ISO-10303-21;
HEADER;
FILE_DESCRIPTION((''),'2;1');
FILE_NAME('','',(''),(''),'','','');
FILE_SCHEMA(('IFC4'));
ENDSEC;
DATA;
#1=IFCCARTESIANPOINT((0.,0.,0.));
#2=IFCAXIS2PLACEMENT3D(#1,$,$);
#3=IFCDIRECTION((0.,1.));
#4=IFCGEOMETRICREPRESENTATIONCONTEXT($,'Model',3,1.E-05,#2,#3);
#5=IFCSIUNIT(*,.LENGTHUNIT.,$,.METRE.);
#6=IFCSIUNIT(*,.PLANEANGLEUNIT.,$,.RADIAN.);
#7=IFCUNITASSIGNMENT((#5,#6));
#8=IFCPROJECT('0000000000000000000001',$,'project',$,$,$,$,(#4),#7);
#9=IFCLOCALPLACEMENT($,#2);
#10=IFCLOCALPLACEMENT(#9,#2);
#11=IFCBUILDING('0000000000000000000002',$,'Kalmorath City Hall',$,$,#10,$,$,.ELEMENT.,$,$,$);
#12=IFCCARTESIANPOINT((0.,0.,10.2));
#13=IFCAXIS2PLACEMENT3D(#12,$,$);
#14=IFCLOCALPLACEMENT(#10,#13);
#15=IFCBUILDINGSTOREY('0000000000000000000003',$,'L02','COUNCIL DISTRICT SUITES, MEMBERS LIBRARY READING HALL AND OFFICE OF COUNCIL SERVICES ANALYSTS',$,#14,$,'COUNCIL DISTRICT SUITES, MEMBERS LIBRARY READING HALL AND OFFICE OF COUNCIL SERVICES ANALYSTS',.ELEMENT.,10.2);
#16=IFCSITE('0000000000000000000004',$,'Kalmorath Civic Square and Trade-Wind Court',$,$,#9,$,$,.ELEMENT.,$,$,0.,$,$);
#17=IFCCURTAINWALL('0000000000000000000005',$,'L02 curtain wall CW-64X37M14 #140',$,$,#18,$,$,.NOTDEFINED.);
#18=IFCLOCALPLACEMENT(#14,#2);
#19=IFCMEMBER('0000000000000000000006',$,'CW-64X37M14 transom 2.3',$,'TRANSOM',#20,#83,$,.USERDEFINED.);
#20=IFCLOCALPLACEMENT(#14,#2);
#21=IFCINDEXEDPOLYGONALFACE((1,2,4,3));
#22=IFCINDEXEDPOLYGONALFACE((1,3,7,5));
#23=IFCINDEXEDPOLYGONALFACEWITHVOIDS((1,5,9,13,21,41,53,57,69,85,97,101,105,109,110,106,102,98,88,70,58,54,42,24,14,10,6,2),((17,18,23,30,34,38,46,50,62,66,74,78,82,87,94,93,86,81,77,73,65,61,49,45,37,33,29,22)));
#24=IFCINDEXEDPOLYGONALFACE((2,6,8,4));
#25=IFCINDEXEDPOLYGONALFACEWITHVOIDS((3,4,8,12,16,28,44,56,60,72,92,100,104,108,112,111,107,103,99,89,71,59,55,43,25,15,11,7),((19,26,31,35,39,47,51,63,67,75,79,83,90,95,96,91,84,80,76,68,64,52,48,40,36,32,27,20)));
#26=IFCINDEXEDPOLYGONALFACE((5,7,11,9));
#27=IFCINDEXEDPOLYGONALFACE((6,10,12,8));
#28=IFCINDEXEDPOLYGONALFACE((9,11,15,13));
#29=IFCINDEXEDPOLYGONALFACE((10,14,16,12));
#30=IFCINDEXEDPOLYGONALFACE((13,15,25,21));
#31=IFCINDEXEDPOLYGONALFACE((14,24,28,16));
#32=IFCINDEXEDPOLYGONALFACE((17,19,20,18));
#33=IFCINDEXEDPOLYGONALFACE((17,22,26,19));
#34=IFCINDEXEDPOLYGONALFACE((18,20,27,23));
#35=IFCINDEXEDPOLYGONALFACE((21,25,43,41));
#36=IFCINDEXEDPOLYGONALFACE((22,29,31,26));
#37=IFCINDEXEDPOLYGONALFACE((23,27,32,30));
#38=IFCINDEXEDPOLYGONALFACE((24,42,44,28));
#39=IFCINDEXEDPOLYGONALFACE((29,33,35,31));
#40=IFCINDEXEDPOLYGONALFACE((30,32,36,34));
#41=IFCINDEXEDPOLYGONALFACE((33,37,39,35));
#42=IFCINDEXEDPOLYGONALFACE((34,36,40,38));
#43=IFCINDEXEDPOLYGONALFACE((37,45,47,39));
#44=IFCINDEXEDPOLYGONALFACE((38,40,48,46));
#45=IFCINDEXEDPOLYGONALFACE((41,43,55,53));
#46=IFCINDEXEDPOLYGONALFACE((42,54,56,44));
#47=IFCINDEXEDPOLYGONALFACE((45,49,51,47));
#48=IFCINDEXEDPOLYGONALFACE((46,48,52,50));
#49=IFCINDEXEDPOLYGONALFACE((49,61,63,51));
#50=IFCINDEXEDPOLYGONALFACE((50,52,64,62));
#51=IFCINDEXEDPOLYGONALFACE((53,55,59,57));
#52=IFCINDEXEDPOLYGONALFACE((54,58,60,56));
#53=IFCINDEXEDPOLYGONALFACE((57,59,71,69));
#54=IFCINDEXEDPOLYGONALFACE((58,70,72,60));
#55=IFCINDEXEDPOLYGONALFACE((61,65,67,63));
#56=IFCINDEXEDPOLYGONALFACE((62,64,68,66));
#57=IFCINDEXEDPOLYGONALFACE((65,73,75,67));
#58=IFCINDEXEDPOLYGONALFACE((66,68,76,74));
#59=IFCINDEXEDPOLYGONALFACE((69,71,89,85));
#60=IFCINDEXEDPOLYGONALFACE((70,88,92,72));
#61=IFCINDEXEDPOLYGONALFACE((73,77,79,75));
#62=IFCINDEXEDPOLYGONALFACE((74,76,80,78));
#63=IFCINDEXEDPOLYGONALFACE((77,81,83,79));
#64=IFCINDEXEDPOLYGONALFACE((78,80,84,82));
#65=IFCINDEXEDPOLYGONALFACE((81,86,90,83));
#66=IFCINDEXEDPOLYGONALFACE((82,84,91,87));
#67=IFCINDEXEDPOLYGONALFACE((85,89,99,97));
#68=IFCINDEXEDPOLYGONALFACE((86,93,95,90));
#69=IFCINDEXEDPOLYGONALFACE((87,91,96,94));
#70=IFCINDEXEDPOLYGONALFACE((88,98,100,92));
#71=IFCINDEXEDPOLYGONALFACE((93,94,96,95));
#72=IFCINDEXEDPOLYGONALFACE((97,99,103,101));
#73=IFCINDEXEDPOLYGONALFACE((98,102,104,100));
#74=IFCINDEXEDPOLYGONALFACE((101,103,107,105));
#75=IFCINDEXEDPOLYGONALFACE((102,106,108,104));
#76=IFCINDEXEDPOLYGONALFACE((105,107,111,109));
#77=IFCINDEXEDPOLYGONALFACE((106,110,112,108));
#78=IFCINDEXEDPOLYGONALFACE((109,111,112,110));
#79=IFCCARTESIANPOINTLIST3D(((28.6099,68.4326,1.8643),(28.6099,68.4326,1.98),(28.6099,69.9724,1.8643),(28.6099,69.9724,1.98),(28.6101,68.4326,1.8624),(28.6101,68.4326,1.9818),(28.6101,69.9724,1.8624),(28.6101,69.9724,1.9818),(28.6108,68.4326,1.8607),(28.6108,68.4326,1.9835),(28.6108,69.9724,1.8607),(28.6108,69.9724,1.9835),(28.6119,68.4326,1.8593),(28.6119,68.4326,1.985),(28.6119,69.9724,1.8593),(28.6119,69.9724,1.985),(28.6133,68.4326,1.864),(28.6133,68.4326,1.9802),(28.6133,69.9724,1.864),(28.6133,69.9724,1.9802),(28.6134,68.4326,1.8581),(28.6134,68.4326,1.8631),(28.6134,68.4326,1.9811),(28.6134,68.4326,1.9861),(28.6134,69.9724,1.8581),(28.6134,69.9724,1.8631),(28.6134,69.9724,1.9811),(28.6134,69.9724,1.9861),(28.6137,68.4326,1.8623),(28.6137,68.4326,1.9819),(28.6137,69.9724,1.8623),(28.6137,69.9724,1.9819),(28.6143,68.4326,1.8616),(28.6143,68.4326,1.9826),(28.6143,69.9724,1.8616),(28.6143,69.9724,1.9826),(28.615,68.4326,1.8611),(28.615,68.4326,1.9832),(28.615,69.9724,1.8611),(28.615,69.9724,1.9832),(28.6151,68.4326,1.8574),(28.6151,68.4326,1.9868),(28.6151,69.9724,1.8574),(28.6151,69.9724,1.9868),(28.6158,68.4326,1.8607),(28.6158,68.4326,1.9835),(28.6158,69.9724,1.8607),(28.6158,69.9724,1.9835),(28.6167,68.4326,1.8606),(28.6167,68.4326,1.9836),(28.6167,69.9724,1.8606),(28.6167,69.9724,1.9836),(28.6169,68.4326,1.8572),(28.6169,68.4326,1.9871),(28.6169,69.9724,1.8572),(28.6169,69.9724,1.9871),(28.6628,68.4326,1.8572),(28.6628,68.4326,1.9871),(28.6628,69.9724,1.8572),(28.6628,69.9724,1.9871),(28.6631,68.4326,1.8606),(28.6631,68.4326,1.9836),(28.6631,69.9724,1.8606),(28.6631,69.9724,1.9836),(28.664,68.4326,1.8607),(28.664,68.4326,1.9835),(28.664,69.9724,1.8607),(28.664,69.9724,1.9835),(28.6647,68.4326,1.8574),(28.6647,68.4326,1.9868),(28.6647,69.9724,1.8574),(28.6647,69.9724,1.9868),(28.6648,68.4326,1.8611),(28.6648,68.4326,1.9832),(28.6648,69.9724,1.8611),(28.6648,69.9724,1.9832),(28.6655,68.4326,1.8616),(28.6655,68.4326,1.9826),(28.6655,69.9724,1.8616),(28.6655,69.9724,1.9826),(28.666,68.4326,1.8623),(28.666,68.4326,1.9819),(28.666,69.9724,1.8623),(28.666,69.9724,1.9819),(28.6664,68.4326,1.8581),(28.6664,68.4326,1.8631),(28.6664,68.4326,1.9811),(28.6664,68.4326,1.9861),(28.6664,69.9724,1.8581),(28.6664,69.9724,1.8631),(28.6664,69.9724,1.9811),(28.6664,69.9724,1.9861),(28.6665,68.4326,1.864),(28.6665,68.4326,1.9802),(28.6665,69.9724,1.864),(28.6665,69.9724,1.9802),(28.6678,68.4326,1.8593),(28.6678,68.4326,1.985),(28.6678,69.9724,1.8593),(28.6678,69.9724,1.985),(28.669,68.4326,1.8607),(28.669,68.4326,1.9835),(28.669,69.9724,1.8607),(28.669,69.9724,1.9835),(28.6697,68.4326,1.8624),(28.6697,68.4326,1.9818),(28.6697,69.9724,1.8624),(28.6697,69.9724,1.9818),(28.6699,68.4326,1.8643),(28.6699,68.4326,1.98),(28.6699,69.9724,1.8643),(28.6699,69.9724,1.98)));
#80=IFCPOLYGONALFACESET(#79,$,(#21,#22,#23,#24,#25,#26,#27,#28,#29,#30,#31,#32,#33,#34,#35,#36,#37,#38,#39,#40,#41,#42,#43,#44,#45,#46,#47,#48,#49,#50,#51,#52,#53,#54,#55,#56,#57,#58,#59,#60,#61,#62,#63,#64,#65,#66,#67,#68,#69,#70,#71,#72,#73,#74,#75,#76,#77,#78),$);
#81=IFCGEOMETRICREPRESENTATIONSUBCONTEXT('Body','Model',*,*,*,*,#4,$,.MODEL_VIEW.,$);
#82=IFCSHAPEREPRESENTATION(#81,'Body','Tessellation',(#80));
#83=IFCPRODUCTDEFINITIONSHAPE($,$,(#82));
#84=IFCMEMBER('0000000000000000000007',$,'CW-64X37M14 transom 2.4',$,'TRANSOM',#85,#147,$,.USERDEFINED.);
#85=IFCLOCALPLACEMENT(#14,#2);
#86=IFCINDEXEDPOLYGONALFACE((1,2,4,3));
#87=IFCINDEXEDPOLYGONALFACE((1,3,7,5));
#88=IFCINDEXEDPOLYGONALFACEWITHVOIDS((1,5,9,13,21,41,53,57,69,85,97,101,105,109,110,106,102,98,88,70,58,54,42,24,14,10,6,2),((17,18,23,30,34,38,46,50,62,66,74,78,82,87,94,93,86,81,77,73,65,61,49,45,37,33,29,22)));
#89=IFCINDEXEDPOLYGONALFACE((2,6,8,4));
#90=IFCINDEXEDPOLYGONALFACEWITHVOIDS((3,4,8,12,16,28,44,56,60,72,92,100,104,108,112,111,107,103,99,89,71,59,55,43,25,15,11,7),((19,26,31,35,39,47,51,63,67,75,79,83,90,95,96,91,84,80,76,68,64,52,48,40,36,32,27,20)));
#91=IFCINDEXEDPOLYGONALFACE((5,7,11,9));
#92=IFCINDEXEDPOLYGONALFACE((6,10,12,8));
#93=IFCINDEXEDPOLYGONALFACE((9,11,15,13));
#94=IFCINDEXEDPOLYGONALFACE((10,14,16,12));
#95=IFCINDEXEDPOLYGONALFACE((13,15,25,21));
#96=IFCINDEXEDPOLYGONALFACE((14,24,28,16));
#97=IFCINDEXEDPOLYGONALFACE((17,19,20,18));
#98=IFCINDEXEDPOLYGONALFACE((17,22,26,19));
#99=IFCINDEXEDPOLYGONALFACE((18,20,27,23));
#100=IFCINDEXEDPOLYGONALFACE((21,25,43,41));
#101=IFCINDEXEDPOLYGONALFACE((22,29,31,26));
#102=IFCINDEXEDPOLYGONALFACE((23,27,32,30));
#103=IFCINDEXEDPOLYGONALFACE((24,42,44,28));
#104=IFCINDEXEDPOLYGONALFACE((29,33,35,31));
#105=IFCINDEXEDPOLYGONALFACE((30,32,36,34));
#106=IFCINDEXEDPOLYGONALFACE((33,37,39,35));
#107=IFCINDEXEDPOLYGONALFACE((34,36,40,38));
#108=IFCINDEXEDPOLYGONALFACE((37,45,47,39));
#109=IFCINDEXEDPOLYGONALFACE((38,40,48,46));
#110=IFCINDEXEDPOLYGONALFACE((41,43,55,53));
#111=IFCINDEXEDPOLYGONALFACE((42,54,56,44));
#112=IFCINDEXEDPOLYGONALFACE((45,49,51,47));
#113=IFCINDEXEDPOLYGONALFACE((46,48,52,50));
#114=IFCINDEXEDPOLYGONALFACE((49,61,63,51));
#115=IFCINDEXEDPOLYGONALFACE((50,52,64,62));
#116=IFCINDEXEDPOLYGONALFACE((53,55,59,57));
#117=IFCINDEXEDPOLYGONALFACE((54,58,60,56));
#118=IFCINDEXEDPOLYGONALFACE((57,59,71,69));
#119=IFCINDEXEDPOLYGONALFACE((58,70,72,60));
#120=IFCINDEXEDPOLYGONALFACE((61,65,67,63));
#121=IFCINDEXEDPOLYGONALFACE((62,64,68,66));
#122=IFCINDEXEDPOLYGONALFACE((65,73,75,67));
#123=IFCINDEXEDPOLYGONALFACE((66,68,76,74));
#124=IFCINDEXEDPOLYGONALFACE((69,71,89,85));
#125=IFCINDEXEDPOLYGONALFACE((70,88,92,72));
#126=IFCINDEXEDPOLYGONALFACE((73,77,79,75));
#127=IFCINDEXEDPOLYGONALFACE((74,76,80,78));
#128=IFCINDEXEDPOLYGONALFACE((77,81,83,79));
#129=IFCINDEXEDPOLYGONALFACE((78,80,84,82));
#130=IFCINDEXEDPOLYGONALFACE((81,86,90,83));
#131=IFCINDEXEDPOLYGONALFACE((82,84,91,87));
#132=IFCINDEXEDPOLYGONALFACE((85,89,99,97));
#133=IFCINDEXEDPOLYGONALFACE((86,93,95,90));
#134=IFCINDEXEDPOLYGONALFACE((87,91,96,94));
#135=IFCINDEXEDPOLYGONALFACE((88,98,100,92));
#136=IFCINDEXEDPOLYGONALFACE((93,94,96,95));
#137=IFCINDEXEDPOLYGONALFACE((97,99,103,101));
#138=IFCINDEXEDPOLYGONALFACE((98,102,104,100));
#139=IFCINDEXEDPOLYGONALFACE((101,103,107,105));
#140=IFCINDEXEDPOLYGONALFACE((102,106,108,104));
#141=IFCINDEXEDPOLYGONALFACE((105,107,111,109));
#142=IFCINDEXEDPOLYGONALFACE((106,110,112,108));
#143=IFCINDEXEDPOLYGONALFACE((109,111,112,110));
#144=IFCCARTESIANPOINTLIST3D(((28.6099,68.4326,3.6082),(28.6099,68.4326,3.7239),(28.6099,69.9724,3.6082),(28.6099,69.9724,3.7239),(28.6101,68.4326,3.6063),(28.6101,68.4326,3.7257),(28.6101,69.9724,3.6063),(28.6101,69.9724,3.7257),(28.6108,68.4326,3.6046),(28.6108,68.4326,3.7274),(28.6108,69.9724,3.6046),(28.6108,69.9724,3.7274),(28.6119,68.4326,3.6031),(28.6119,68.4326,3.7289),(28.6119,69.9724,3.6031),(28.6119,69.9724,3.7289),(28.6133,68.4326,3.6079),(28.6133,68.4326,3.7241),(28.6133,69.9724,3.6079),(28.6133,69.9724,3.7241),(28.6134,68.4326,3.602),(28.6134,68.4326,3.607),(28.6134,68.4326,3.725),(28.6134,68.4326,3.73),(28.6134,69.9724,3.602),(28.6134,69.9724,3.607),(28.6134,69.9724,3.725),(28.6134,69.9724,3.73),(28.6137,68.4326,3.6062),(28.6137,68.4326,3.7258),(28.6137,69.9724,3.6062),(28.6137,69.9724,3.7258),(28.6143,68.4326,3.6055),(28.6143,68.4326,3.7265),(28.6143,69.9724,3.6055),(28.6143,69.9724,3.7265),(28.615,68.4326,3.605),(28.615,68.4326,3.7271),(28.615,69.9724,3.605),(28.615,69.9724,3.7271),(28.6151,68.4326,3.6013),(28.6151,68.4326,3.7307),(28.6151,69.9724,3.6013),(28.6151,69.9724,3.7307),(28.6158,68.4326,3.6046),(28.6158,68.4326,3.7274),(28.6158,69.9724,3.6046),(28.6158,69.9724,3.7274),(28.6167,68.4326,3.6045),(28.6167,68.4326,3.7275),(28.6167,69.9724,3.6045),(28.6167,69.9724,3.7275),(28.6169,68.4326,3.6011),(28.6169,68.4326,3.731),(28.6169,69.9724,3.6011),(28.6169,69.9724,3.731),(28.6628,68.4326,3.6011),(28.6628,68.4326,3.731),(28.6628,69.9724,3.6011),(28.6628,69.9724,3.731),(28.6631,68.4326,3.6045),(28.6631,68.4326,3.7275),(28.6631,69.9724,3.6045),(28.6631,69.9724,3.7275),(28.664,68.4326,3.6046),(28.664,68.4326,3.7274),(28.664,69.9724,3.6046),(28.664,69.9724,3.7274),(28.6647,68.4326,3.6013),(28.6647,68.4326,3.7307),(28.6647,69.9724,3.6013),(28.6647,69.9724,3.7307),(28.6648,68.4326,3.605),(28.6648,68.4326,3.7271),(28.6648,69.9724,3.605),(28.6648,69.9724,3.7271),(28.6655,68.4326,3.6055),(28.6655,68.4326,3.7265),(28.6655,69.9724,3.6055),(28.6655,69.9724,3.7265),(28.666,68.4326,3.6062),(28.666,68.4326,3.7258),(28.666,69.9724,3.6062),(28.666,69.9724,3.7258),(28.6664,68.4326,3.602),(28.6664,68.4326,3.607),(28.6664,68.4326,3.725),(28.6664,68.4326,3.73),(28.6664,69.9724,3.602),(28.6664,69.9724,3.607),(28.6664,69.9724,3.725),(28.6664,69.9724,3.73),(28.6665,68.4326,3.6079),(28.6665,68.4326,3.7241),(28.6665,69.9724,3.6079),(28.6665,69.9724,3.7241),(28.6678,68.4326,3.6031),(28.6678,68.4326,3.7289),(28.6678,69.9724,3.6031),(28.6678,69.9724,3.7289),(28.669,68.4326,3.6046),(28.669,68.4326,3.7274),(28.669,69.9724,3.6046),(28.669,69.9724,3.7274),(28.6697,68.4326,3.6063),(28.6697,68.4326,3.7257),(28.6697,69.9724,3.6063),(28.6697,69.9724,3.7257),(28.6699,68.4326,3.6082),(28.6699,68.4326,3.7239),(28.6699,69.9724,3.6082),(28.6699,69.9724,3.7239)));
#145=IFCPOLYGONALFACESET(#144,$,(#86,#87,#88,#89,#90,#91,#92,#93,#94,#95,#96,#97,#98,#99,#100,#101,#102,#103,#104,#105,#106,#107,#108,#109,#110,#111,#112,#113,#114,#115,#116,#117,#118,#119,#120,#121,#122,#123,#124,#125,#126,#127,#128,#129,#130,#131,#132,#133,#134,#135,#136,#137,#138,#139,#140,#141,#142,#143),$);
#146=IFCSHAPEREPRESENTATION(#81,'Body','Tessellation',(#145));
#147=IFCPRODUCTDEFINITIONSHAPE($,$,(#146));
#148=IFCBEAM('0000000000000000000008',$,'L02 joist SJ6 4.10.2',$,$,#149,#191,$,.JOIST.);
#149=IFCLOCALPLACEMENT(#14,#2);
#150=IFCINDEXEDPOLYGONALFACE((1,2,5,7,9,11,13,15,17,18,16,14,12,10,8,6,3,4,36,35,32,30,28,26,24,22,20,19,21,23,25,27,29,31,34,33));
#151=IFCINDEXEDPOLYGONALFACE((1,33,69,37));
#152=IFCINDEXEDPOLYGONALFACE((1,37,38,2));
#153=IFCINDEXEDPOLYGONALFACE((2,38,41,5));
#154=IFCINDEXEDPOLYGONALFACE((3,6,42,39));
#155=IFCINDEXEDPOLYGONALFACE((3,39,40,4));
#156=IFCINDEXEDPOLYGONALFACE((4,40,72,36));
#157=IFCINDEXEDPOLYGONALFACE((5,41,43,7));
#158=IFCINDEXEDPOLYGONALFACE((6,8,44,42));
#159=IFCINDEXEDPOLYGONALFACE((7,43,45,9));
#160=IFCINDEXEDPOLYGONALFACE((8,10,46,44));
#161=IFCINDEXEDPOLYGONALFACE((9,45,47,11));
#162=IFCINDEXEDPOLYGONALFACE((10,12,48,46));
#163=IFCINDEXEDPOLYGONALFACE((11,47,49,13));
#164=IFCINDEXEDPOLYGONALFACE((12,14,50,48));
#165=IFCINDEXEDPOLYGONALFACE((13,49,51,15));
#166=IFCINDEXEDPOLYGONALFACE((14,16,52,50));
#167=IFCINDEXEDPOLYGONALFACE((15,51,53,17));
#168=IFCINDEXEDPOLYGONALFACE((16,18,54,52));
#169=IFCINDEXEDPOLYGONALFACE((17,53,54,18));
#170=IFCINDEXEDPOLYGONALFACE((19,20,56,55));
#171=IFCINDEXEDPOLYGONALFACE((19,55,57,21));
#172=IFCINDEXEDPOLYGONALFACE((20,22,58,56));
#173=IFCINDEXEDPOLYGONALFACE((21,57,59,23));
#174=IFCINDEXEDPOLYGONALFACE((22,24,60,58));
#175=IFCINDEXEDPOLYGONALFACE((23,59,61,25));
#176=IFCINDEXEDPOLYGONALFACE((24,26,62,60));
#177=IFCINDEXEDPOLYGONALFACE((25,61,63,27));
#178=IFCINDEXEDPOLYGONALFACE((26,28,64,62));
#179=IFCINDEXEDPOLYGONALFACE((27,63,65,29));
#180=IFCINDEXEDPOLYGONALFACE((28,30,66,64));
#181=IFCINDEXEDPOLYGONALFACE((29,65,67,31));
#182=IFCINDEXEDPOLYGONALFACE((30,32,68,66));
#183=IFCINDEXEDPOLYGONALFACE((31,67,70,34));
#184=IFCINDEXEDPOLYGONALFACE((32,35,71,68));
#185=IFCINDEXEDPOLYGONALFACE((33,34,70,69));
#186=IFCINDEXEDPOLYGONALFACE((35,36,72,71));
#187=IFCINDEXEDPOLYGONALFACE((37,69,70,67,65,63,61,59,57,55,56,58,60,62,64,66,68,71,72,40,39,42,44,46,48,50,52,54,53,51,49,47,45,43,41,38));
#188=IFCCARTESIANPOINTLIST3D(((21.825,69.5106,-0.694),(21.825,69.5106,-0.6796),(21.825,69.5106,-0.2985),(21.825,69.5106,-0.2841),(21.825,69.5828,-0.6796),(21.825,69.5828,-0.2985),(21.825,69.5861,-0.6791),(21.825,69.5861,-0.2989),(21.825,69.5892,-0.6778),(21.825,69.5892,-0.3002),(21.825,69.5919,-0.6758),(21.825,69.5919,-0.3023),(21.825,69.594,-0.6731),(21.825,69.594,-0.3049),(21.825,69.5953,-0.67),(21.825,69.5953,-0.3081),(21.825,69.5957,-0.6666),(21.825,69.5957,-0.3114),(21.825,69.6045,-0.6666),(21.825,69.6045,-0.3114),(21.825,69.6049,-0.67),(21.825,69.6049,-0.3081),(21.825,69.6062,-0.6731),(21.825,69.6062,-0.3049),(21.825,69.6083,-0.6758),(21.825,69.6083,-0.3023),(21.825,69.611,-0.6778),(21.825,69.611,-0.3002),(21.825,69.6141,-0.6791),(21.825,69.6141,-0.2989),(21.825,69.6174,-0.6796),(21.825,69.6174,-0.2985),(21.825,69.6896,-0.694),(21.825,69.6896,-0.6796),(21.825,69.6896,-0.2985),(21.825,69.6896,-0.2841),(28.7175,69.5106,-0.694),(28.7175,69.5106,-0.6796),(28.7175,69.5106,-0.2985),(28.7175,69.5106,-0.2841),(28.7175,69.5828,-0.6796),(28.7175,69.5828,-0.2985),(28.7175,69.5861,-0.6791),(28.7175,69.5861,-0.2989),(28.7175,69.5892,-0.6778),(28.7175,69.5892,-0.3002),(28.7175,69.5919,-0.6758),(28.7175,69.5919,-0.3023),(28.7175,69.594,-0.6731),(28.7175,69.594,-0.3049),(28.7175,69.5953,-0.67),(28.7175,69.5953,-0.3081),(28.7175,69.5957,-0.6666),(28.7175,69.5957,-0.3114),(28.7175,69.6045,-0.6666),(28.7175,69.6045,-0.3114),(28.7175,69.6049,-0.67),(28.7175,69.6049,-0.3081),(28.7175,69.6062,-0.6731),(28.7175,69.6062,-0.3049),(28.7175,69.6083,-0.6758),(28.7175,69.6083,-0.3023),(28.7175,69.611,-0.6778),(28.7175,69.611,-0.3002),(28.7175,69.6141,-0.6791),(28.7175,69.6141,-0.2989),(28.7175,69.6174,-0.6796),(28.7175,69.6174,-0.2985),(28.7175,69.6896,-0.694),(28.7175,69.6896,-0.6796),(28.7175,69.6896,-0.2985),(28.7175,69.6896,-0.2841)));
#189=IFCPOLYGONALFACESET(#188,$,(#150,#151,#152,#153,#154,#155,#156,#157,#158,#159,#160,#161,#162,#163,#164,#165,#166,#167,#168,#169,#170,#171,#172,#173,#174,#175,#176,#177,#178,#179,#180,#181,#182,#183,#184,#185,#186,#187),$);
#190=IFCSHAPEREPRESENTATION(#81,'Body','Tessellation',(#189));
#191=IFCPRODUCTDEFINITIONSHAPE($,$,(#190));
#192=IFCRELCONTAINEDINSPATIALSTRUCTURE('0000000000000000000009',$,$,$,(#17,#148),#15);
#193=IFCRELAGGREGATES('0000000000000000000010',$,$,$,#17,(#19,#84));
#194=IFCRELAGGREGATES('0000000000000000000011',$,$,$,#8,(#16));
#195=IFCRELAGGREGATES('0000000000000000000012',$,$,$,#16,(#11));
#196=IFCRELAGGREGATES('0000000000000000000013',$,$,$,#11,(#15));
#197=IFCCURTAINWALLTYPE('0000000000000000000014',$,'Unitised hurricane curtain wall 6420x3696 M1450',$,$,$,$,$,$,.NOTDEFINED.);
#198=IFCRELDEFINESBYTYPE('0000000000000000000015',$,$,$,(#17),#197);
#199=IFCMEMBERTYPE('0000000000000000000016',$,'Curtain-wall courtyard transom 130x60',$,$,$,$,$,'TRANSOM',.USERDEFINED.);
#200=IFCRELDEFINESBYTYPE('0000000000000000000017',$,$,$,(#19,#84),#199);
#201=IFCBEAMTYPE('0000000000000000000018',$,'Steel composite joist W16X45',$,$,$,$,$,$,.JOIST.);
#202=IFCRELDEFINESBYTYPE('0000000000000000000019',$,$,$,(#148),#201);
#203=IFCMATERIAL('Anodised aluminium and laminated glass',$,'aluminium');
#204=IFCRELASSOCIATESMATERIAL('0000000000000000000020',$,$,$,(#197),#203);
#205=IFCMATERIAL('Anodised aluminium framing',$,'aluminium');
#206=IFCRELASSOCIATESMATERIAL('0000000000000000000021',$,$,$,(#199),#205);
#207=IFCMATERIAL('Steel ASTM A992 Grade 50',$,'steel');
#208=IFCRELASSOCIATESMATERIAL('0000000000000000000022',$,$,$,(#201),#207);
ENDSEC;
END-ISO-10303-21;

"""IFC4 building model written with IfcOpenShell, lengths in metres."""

from ifc_helpers import new_model, si_unit, direction, frame, origin, origin_2d, place, context, subcontext, project, spatial, hollow_rectangle, i_section, extrude, material, material_profile, profile_set, type_object, element, aggregate, save


model = new_model("IFC4")

# Units and contexts
model_context = context("Model", 3, precision=1e-05, world=origin(), true_north=direction((0.0, 1.0)))
body_context = subcontext(model_context, "Body", "Model", "MODEL_VIEW")
ifc_project = project(units=[si_unit("LENGTHUNIT", "METRE"), si_unit("PLANEANGLEUNIT", "RADIAN")], contexts=[model_context])

# Site, building, storey
site_placement = place(None, origin())
site = spatial("IfcSite", under=ifc_project, at=site_placement, Name="Kalmorath Civic Square and Trade-Wind Court", CompositionType="ELEMENT", RefElevation=0.0)
building_placement = place(site_placement, origin())
building = spatial("IfcBuilding", under=site, at=building_placement, Name="Kalmorath City Hall", CompositionType="ELEMENT")
storey_placement = place(building_placement, frame((0.0, 0.0, 10.2)))
storey = spatial("IfcBuildingStorey", under=building, at=storey_placement, Name="L02", Description="COUNCIL DISTRICT SUITES, MEMBERS LIBRARY READING HALL AND OFFICE OF COUNCIL SERVICES ANALYSTS", LongName="COUNCIL DISTRICT SUITES, MEMBERS LIBRARY READING HALL AND OFFICE OF COUNCIL SERVICES ANALYSTS", CompositionType="ELEMENT", Elevation=10.2)

# Curtain wall, members
ifc_material_1 = material(Name="Anodised aluminium and laminated glass", Category="aluminium")
curtain_wall_type = type_object("IfcCurtainWallType", Name="Unitised hurricane curtain wall 6420x3696 M1450", PredefinedType="NOTDEFINED", material=ifc_material_1)
curtain_wall_placement = place(storey_placement, origin())
curtain_wall = element("IfcCurtainWall", 1, at=curtain_wall_placement, inside=storey, type_object=curtain_wall_type, Name="L02 curtain wall CW-64X37M14 #140", PredefinedType="NOTDEFINED")
ifc_material_2 = material(Name="Anodised aluminium framing", Category="aluminium")
ifc_material_profile_1 = material_profile(ifc_material_2, hollow_rectangle(XDim=0.0601, YDim=0.1299, WallThickness=0.0034, InnerFilletRadius=0.0034, OuterFilletRadius=0.0071, at=origin_2d()), Name="ALU-TRN-130X60X3.5")
ifc_profile_set_1 = profile_set([ifc_material_profile_1], Name="Anodised aluminium framing")
member_type_1 = type_object("IfcMemberType", Name="Curtain-wall courtyard transom 130x60", ElementType="TRANSOM", PredefinedType="USERDEFINED", material=ifc_profile_set_1)
member_1_placement = place(storey_placement, frame((28.6399, 69.9724, 1.9221), z_axis=(0.0, -1.0, 0.0), x_axis=(1.0, 0.0, 0.0)))
member_1 = element("IfcMember", 2, at=member_1_placement, type_object=member_type_1, Name="CW-64X37M14 transom 2.3", ObjectType="TRANSOM", PredefinedType="USERDEFINED", context=body_context, shape_type="SweptSolid", body=[
    extrude(hollow_rectangle(XDim=0.0601, YDim=0.1299, WallThickness=0.0034, InnerFilletRadius=0.0034, OuterFilletRadius=0.0071, at=origin_2d()), origin(), (0.0, 0.0, 1.0), 1.5398),
])
member_2_placement = place(storey_placement, frame((28.6399, 69.9724, 3.666), z_axis=(0.0, -1.0, 0.0), x_axis=(1.0, 0.0, 0.0)))
member_2 = element("IfcMember", 3, at=member_2_placement, type_object=member_type_1, Name="CW-64X37M14 transom 2.4", ObjectType="TRANSOM", PredefinedType="USERDEFINED", context=body_context, shape_type="SweptSolid", body=[
    extrude(hollow_rectangle(XDim=0.0601, YDim=0.1299, WallThickness=0.0034, InnerFilletRadius=0.0034, OuterFilletRadius=0.0071, at=origin_2d()), origin(), (0.0, 0.0, 1.0), 1.5398),
])

# Beam
ifc_material_3 = material(Name="Steel ASTM A992 Grade 50", Category="steel")
ifc_material_profile_2 = material_profile(ifc_material_3, i_section(OverallWidth=0.179, OverallDepth=0.4099, WebThickness=0.0088, FlangeThickness=0.0144, FilletRadius=0.0129, at=origin_2d()), Name="W16X45")
ifc_profile_set_2 = profile_set([ifc_material_profile_2], Name="Steel ASTM A992 Grade 50")
beam_type_1 = type_object("IfcBeamType", Name="Steel composite joist W16X45", PredefinedType="JOIST", material=ifc_profile_set_2)
beam_1_placement = place(storey_placement, frame((21.825, 69.6001, -0.489), z_axis=(1.0, 0.0, 0.0), x_axis=(0.0, 1.0, 0.0)))
element("IfcBeam", 4, at=beam_1_placement, inside=storey, type_object=beam_type_1, Name="L02 joist SJ6 4.10.2", PredefinedType="JOIST", context=body_context, shape_type="SweptSolid", body=[
    extrude(i_section(OverallWidth=0.179, OverallDepth=0.4099, WebThickness=0.0088, FlangeThickness=0.0144, FilletRadius=0.0129, at=origin_2d()), origin(), (0.0, 0.0, 1.0), 6.8926),
])

aggregate(curtain_wall, [member_1, member_2])

save(model, "model.ifc")
